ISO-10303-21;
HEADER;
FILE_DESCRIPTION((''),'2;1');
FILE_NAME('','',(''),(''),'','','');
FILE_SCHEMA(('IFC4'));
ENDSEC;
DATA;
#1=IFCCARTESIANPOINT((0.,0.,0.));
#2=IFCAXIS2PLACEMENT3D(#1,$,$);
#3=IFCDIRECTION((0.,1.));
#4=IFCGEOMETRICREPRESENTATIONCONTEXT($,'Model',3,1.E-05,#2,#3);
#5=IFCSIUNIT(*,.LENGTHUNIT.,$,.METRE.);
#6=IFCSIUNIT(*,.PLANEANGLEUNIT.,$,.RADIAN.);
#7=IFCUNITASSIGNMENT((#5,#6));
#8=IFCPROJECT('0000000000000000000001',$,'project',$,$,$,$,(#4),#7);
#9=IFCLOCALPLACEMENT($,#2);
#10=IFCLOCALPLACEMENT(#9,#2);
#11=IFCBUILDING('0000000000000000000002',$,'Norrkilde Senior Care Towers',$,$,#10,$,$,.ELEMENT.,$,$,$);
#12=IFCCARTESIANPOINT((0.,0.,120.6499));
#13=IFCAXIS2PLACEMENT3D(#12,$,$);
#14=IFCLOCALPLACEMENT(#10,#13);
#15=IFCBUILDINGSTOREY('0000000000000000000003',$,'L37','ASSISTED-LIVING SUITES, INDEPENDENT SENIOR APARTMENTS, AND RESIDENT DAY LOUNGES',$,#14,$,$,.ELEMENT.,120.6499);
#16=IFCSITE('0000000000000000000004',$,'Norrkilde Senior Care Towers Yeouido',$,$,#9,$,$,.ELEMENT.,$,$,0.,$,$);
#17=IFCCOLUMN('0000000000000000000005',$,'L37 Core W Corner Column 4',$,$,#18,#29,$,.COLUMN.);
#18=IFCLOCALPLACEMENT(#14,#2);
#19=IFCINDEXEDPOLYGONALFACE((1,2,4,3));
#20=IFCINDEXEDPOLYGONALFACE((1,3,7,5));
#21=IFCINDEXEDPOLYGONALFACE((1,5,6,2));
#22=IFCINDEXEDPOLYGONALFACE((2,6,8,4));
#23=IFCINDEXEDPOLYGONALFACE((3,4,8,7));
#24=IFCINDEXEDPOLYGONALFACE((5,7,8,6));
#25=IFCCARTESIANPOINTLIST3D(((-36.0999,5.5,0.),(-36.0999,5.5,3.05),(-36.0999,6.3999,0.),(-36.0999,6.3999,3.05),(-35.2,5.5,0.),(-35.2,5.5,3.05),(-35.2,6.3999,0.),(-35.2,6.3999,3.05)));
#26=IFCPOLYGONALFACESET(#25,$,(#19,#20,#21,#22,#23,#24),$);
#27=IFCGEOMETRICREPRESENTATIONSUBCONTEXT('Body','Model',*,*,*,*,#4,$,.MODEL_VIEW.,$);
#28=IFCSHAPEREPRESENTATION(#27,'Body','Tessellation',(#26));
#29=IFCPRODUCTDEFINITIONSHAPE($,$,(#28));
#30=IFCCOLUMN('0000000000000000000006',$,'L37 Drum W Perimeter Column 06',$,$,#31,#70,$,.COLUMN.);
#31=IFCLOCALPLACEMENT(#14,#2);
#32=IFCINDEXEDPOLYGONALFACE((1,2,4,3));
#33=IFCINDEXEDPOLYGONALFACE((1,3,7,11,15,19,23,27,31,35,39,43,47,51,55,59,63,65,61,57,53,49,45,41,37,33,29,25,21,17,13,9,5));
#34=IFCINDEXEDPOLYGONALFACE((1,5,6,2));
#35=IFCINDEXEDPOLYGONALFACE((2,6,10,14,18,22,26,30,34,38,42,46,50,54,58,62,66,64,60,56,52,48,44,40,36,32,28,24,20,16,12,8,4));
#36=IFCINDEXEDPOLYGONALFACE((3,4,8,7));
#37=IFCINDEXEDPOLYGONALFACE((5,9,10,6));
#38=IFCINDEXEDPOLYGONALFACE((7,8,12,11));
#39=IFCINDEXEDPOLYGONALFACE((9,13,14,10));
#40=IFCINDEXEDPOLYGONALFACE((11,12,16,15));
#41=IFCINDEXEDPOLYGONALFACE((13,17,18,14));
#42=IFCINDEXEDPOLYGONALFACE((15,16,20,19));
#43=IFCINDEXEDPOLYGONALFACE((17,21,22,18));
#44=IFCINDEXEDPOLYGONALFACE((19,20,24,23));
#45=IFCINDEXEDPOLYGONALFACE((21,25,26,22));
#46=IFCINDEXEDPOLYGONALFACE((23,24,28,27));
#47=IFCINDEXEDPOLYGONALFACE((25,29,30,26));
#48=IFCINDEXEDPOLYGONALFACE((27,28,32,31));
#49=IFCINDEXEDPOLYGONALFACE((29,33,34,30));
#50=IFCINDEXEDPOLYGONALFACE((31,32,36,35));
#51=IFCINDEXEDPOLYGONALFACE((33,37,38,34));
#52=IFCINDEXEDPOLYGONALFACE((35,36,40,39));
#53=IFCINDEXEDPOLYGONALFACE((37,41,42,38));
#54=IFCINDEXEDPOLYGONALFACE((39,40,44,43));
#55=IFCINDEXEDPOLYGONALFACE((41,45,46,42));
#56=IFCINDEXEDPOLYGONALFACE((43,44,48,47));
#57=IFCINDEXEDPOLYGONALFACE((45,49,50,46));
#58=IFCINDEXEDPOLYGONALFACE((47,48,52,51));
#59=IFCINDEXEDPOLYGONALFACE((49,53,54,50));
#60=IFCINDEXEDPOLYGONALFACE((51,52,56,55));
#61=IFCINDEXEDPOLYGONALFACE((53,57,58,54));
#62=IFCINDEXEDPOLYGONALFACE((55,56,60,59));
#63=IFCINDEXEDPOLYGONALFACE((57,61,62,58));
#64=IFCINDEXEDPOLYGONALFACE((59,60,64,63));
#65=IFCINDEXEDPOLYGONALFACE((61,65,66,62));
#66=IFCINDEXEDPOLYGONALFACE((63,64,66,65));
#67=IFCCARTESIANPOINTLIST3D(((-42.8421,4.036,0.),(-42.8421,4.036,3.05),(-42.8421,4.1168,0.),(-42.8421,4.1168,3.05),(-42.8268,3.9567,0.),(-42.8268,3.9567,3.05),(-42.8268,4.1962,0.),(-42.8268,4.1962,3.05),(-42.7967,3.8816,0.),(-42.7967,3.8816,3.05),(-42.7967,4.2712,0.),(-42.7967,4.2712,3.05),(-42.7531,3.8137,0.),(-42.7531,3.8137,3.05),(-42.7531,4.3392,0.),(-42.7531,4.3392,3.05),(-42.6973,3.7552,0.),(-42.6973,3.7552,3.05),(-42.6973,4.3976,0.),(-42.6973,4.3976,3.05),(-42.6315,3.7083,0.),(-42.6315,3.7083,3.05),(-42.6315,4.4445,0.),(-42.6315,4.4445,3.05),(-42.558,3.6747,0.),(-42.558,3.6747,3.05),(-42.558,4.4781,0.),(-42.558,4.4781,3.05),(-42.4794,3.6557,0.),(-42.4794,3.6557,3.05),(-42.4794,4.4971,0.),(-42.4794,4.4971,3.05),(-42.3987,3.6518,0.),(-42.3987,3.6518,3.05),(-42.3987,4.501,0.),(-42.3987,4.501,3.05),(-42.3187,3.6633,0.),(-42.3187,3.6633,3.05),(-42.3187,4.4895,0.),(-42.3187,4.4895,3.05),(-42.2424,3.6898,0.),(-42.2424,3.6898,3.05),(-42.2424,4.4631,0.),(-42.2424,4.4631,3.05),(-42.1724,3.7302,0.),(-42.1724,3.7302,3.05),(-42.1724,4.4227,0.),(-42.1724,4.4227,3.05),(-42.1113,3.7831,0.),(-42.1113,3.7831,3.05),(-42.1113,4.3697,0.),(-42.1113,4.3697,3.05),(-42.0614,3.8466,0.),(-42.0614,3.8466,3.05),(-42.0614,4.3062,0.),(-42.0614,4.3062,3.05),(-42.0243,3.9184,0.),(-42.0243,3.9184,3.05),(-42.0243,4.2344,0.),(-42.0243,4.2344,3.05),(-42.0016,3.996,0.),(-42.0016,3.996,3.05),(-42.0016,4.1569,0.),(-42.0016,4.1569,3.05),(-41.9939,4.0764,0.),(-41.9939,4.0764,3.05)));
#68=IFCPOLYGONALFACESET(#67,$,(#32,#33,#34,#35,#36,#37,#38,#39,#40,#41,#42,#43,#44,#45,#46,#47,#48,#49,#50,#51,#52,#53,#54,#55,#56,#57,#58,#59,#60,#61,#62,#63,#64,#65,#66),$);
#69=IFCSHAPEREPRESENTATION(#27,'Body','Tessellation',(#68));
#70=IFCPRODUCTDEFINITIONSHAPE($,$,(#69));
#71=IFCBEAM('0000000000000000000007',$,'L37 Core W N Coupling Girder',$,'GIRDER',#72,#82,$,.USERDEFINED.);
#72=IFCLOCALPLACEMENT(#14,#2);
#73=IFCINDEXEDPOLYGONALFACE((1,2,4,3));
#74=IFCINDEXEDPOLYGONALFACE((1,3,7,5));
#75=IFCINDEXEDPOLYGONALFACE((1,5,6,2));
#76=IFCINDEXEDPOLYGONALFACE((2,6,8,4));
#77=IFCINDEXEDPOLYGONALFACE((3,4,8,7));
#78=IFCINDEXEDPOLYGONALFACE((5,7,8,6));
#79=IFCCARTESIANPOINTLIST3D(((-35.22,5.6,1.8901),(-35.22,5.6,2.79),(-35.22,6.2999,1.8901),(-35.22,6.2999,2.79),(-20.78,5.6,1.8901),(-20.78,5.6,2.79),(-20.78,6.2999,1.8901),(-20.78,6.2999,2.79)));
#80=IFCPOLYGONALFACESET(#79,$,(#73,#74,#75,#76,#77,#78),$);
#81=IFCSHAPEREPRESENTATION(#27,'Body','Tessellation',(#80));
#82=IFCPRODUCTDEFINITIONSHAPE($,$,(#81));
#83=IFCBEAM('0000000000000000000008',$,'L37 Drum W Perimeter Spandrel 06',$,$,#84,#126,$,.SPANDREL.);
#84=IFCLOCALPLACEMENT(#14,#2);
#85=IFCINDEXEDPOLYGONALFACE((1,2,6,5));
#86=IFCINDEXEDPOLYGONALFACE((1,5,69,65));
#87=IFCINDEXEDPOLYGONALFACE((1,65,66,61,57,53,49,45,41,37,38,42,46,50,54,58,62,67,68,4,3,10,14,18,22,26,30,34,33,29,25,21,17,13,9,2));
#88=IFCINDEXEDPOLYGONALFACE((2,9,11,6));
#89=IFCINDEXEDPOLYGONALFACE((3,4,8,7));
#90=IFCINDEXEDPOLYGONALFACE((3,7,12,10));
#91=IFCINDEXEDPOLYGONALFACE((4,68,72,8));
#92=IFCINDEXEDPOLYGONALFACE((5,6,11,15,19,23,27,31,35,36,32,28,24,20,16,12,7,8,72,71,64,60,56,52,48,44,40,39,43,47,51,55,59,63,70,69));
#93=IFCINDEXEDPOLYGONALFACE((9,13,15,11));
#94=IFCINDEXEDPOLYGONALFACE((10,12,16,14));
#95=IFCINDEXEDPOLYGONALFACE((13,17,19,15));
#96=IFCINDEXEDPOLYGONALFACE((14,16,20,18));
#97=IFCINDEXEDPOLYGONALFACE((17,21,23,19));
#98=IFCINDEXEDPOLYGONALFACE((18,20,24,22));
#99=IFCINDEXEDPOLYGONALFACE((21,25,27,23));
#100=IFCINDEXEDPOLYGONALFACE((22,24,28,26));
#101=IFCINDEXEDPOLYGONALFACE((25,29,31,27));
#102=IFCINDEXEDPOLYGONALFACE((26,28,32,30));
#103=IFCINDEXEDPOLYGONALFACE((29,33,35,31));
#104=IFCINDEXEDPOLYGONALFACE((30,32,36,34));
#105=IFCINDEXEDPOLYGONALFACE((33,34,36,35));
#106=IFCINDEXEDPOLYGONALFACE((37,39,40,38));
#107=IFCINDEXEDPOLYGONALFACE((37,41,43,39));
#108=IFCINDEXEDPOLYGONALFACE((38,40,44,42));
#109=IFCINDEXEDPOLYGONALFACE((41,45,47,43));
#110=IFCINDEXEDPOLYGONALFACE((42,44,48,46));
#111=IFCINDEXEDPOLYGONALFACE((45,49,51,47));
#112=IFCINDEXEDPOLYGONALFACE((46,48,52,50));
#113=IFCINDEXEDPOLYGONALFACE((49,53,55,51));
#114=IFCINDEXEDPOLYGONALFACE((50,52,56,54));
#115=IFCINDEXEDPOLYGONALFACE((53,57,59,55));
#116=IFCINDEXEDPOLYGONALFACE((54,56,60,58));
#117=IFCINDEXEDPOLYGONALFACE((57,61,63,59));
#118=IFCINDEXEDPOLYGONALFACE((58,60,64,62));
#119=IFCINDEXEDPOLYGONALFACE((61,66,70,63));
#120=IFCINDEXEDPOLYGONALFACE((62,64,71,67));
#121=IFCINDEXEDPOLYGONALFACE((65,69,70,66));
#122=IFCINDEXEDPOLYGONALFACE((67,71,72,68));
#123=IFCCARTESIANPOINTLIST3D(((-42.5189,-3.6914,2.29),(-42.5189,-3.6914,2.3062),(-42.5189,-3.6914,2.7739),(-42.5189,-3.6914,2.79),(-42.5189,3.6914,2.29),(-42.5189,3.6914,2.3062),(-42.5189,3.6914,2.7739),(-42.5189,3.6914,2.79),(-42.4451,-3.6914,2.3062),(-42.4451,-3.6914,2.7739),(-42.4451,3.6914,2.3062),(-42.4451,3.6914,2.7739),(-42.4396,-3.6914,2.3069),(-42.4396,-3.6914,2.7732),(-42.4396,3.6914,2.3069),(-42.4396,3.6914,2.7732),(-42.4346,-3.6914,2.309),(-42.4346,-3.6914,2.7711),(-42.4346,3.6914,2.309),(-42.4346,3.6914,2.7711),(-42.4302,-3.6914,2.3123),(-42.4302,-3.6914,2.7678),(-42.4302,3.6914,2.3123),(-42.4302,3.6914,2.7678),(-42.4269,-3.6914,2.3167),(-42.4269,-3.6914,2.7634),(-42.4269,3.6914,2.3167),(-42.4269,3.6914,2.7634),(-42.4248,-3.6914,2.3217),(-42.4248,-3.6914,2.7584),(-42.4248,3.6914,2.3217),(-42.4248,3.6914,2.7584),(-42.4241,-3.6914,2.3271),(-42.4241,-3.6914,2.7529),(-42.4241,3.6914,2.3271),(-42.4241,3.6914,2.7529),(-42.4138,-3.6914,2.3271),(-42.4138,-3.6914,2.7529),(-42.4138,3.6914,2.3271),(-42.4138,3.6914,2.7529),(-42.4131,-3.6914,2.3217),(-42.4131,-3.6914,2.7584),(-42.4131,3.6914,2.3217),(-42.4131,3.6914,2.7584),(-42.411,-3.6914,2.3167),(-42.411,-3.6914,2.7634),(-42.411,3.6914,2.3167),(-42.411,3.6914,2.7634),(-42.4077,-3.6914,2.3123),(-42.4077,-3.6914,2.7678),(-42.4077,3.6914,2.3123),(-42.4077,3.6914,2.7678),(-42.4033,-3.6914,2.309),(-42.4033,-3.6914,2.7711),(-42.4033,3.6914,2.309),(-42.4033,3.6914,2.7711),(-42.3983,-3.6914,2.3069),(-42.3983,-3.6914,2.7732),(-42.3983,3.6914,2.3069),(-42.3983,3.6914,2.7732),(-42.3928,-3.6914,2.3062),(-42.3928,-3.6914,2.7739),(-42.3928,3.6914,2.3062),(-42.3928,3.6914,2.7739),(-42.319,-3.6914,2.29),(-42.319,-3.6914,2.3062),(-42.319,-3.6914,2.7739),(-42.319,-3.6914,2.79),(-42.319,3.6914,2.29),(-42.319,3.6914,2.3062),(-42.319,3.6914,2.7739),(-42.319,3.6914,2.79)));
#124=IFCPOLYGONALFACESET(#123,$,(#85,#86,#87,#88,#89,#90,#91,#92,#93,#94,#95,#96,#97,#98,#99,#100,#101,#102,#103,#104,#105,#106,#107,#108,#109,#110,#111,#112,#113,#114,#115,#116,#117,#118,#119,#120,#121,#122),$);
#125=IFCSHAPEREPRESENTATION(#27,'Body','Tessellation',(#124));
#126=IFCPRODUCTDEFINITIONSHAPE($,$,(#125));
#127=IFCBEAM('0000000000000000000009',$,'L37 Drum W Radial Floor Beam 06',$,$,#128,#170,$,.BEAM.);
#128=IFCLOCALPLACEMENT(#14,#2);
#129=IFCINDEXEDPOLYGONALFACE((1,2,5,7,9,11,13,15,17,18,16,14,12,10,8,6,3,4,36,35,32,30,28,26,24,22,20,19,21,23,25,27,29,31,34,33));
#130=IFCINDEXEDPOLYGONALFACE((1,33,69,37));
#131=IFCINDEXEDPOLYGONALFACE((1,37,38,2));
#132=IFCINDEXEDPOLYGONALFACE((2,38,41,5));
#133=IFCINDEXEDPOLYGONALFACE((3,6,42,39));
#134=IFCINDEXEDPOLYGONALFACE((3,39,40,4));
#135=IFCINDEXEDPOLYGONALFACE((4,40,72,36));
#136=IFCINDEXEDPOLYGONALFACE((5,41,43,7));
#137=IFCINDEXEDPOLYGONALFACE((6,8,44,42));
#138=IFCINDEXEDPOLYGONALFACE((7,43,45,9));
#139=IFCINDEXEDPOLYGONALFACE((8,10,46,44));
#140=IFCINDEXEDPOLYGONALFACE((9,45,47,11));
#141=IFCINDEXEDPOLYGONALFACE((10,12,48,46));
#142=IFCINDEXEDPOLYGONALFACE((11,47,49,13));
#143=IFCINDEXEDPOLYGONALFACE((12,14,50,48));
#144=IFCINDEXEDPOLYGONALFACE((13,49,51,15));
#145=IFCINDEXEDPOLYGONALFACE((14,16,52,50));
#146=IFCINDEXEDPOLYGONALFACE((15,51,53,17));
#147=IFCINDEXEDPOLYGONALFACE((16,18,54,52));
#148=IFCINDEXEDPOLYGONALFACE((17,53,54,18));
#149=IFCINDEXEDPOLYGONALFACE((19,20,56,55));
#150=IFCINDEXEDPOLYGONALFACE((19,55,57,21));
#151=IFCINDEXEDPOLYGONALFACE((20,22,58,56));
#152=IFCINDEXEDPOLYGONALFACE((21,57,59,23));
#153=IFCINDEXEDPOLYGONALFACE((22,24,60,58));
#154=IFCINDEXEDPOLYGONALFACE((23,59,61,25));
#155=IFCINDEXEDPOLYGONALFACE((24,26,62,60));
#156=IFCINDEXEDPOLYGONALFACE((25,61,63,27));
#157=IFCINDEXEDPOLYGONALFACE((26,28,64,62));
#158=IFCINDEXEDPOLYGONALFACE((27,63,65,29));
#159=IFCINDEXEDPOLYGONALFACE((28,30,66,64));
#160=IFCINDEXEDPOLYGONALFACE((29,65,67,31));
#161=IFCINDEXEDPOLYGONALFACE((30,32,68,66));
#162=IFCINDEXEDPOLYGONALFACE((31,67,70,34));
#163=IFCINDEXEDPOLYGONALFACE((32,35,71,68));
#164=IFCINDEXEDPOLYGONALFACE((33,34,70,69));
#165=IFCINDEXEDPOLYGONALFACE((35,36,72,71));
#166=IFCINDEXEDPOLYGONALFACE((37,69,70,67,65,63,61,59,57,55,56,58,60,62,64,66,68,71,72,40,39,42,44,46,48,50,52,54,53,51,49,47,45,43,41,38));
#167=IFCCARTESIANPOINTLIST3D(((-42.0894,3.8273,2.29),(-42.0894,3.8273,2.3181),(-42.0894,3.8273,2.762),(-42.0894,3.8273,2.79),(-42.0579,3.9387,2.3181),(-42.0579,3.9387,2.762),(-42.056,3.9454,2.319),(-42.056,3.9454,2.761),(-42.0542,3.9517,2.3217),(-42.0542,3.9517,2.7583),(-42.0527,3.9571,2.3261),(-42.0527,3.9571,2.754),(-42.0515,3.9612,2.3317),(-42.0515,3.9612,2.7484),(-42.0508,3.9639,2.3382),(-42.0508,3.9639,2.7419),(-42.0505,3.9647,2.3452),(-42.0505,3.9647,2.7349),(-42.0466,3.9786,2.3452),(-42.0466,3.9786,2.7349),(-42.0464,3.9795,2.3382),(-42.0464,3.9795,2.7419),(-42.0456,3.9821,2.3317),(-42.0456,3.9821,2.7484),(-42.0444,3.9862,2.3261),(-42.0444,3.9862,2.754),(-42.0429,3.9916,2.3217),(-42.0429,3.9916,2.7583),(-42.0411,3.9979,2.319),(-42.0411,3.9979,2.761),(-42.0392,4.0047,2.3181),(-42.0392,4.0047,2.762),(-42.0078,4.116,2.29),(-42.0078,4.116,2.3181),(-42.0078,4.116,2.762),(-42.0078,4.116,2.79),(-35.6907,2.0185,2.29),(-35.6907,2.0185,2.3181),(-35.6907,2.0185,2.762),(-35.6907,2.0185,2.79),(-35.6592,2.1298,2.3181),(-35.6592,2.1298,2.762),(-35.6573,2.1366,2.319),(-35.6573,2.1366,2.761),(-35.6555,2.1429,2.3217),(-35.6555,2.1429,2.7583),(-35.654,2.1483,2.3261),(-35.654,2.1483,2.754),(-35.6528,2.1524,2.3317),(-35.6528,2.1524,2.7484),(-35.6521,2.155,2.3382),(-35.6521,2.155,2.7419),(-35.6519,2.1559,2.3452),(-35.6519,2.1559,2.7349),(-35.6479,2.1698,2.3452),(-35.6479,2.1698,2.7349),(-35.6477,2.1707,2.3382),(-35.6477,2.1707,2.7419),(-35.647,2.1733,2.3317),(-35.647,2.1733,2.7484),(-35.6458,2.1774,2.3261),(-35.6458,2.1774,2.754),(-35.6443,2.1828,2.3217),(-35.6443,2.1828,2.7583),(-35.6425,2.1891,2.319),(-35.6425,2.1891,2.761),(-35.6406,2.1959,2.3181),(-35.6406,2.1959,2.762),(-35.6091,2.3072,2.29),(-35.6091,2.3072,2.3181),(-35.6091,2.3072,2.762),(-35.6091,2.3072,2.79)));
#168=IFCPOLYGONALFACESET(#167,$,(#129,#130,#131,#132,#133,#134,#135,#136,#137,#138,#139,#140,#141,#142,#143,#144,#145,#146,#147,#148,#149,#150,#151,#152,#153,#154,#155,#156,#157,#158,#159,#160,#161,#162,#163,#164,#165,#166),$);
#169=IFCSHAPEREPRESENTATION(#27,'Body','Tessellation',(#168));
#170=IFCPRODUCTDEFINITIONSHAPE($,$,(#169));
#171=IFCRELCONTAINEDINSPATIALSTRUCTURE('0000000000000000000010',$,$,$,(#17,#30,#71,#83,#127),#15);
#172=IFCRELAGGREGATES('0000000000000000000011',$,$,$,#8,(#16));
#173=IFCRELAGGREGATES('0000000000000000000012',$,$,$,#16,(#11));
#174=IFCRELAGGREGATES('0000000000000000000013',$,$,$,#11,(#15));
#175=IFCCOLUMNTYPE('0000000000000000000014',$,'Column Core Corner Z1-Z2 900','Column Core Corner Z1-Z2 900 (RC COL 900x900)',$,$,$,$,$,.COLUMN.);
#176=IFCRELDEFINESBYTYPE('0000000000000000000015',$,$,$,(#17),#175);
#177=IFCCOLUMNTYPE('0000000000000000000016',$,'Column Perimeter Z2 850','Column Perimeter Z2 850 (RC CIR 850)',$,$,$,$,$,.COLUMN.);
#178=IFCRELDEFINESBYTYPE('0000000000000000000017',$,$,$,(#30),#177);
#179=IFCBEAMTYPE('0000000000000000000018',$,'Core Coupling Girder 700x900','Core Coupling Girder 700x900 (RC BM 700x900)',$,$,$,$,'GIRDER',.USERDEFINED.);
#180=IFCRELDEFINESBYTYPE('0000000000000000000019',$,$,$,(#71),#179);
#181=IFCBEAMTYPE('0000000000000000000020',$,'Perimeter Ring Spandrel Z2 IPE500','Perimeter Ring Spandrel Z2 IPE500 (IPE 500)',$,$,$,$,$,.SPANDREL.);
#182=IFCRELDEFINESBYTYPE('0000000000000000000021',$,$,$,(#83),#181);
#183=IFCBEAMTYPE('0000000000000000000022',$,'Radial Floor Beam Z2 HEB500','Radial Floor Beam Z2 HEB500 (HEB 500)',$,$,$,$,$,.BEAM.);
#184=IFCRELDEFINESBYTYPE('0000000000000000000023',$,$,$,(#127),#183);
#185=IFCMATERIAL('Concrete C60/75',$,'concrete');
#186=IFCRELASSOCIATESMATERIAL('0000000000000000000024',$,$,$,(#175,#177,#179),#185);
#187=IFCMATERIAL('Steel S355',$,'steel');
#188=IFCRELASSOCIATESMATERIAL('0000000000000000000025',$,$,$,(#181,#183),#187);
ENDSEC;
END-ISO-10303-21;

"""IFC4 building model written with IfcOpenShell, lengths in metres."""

from ifc_helpers import new_model, si_unit, direction, frame, origin, origin_2d, place, context, subcontext, project, spatial, rectangle, circle, i_section, extrude, source, transform, mapped, material, material_profile, profile_set, type_object, type_shapes, element, save


model = new_model("IFC4")

# Units and contexts
model_context = context("Model", 3, precision=1e-05, world=origin(), true_north=direction((0.0, 1.0)))
body_context = subcontext(model_context, "Body", "Model", "MODEL_VIEW")
ifc_project = project(units=[si_unit("LENGTHUNIT", "METRE"), si_unit("PLANEANGLEUNIT", "RADIAN")], contexts=[model_context])

# Site, building, storey
site_placement = place(None, origin())
site = spatial("IfcSite", under=ifc_project, at=site_placement, Name="Norrkilde Senior Care Towers Yeouido", CompositionType="ELEMENT", RefElevation=0.0)
building_placement = place(site_placement, origin())
building = spatial("IfcBuilding", under=site, at=building_placement, Name="Norrkilde Senior Care Towers", CompositionType="ELEMENT")
storey_placement = place(building_placement, frame((0.0, 0.0, 120.6499)))
storey = spatial("IfcBuildingStorey", under=building, at=storey_placement, Name="L37", Description="ASSISTED-LIVING SUITES, INDEPENDENT SENIOR APARTMENTS, AND RESIDENT DAY LOUNGES", CompositionType="ELEMENT", Elevation=120.6499)

# Columns
ifc_material_1 = material(Name="Concrete C60/75", Category="concrete")
ifc_material_profile_1 = material_profile(ifc_material_1, rectangle(XDim=0.8999, YDim=0.8999, at=origin_2d()), Name="RC COL 900x900")
ifc_profile_set_1 = profile_set([ifc_material_profile_1], Name="Concrete C60/75")
column_type_1 = type_object("IfcColumnType", Name="Column Core Corner Z1-Z2 900", Description="Column Core Corner Z1-Z2 900 (RC COL 900x900)", PredefinedType="COLUMN", material=ifc_profile_set_1)
shared_shape_1 = source(origin(), body_context, "Body", "SweptSolid", [
    extrude(rectangle(XDim=0.8999, YDim=0.8999, at=origin_2d()), origin(), (0.0, 0.0, 1.0), 3.05),
])
type_shapes(column_type_1, [shared_shape_1])
column_1_placement = place(storey_placement, frame((-35.6499, 5.95, 0.0), z_axis=(0.0, 0.0, 1.0), x_axis=(1.0, 0.0, 0.0)))
element("IfcColumn", 1, at=column_1_placement, inside=storey, type_object=column_type_1, Name="L37 Core W Corner Column 4", PredefinedType="COLUMN", context=body_context, shape_type="MappedRepresentation", body=[
    mapped(shared_shape_1, transform((0.0, 0.0, 0.0), x_axis=(1.0, 0.0, 0.0), y_axis=(0.0, 1.0, 0.0), z_axis=(0.0, 0.0, 1.0), scale=1.0)),
])
ifc_material_profile_2 = material_profile(ifc_material_1, circle(Radius=0.425, at=origin_2d()), Name="RC CIR 850")
ifc_profile_set_2 = profile_set([ifc_material_profile_2], Name="Concrete C60/75")
column_type_2 = type_object("IfcColumnType", Name="Column Perimeter Z2 850", Description="Column Perimeter Z2 850 (RC CIR 850)", PredefinedType="COLUMN", material=ifc_profile_set_2)
shared_shape_2 = source(origin(), body_context, "Body", "SweptSolid", [
    extrude(circle(Radius=0.425, at=origin_2d()), origin(), (0.0, 0.0, 1.0), 3.05),
])
type_shapes(column_type_2, [shared_shape_2])
column_2_placement = place(storey_placement, frame((-42.4189, 4.0764, 0.0), z_axis=(0.0, 0.0, 1.0), x_axis=(1.0, 0.0, 0.0)))
element("IfcColumn", 2, at=column_2_placement, inside=storey, type_object=column_type_2, Name="L37 Drum W Perimeter Column 06", PredefinedType="COLUMN", context=body_context, shape_type="MappedRepresentation", body=[
    mapped(shared_shape_2, transform((0.0, 0.0, 0.0), x_axis=(1.0, 0.0, 0.0), y_axis=(0.0, 1.0, 0.0), z_axis=(0.0, 0.0, 1.0), scale=1.0)),
])

# Beams
ifc_material_profile_3 = material_profile(ifc_material_1, rectangle(XDim=0.7, YDim=0.8999, at=origin_2d()), Name="RC BM 700x900")
ifc_profile_set_3 = profile_set([ifc_material_profile_3], Name="Concrete C60/75")
beam_type_1 = type_object("IfcBeamType", Name="Core Coupling Girder 700x900", Description="Core Coupling Girder 700x900 (RC BM 700x900)", ElementType="GIRDER", PredefinedType="USERDEFINED", material=ifc_profile_set_3)
shared_shape_3 = source(origin(), body_context, "Body", "SweptSolid", [
    extrude(rectangle(XDim=0.7, YDim=0.8999, at=origin_2d()), origin(), (0.0, 0.0, 1.0), 14.4399),
])
type_shapes(beam_type_1, [shared_shape_3])
beam_1_placement = place(storey_placement, frame((-35.22, 5.95, 2.3401), z_axis=(1.0, 0.0, 0.0), x_axis=(0.0, 1.0, 0.0)))
element("IfcBeam", 3, at=beam_1_placement, inside=storey, type_object=beam_type_1, Name="L37 Core W N Coupling Girder", ObjectType="GIRDER", PredefinedType="USERDEFINED", context=body_context, shape_type="MappedRepresentation", body=[
    mapped(shared_shape_3, transform((0.0, 0.0, 0.0), x_axis=(1.0, 0.0, 0.0), y_axis=(0.0, 1.0, 0.0), z_axis=(0.0, 0.0, 1.0), scale=1.0)),
])
ifc_material_2 = material(Name="Steel S355", Category="steel")
ifc_material_profile_4 = material_profile(ifc_material_2, i_section(OverallWidth=0.2, OverallDepth=0.5, WebThickness=0.0103, FlangeThickness=0.0161, FilletRadius=0.021, at=origin_2d()), Name="IPE 500")
ifc_profile_set_4 = profile_set([ifc_material_profile_4], Name="Steel S355")
beam_type_2 = type_object("IfcBeamType", Name="Perimeter Ring Spandrel Z2 IPE500", Description="Perimeter Ring Spandrel Z2 IPE500 (IPE 500)", PredefinedType="SPANDREL", material=ifc_profile_set_4)
shared_shape_4 = source(origin(), body_context, "Body", "SweptSolid", [
    extrude(i_section(OverallWidth=0.2, OverallDepth=0.5, WebThickness=0.0103, FlangeThickness=0.0161, FilletRadius=0.021, at=origin_2d()), origin(), (0.0, 0.0, 1.0), 7.3828),
])
type_shapes(beam_type_2, [shared_shape_4])
beam_2_placement = place(storey_placement, frame((-42.4189, 3.6914, 2.54), z_axis=(0.0, -1.0, 0.0), x_axis=(1.0, 0.0, 0.0)))
element("IfcBeam", 4, at=beam_2_placement, inside=storey, type_object=beam_type_2, Name="L37 Drum W Perimeter Spandrel 06", PredefinedType="SPANDREL", context=body_context, shape_type="MappedRepresentation", body=[
    mapped(shared_shape_4, transform((0.0, 0.0, 0.0), x_axis=(1.0, 0.0, 0.0), y_axis=(0.0, 1.0, 0.0), z_axis=(0.0, 0.0, 1.0), scale=1.0)),
])
ifc_material_profile_5 = material_profile(ifc_material_2, i_section(OverallWidth=0.3, OverallDepth=0.5, WebThickness=0.0144, FlangeThickness=0.0281, FilletRadius=0.0271, at=origin_2d()), Name="HEB 500")
ifc_profile_set_5 = profile_set([ifc_material_profile_5], Name="Steel S355")
beam_type_3 = type_object("IfcBeamType", Name="Radial Floor Beam Z2 HEB500", Description="Radial Floor Beam Z2 HEB500 (HEB 500)", PredefinedType="BEAM", material=ifc_profile_set_5)
shared_shape_5 = source(origin(), body_context, "Body", "SweptSolid", [
    extrude(i_section(OverallWidth=0.3, OverallDepth=0.5, WebThickness=0.0144, FlangeThickness=0.0281, FilletRadius=0.0271, at=origin_2d()), origin(), (0.0, 0.0, 1.0), 6.6494),
])
type_shapes(beam_type_3, [shared_shape_5])
beam_3_placement = place(storey_placement, frame((-35.6499, 2.1628, 2.54), z_axis=(-0.962289, 0.272029, 0.0), x_axis=(-0.272029, -0.962289, 0.0)))
element("IfcBeam", 5, at=beam_3_placement, inside=storey, type_object=beam_type_3, Name="L37 Drum W Radial Floor Beam 06", PredefinedType="BEAM", context=body_context, shape_type="MappedRepresentation", body=[
    mapped(shared_shape_5, transform((0.0, 0.0, 0.0), x_axis=(1.0, 0.0, 0.0), y_axis=(0.0, 1.0, 0.0), z_axis=(0.0, 0.0, 1.0), scale=1.0)),
])

save(model, "model.ifc")
